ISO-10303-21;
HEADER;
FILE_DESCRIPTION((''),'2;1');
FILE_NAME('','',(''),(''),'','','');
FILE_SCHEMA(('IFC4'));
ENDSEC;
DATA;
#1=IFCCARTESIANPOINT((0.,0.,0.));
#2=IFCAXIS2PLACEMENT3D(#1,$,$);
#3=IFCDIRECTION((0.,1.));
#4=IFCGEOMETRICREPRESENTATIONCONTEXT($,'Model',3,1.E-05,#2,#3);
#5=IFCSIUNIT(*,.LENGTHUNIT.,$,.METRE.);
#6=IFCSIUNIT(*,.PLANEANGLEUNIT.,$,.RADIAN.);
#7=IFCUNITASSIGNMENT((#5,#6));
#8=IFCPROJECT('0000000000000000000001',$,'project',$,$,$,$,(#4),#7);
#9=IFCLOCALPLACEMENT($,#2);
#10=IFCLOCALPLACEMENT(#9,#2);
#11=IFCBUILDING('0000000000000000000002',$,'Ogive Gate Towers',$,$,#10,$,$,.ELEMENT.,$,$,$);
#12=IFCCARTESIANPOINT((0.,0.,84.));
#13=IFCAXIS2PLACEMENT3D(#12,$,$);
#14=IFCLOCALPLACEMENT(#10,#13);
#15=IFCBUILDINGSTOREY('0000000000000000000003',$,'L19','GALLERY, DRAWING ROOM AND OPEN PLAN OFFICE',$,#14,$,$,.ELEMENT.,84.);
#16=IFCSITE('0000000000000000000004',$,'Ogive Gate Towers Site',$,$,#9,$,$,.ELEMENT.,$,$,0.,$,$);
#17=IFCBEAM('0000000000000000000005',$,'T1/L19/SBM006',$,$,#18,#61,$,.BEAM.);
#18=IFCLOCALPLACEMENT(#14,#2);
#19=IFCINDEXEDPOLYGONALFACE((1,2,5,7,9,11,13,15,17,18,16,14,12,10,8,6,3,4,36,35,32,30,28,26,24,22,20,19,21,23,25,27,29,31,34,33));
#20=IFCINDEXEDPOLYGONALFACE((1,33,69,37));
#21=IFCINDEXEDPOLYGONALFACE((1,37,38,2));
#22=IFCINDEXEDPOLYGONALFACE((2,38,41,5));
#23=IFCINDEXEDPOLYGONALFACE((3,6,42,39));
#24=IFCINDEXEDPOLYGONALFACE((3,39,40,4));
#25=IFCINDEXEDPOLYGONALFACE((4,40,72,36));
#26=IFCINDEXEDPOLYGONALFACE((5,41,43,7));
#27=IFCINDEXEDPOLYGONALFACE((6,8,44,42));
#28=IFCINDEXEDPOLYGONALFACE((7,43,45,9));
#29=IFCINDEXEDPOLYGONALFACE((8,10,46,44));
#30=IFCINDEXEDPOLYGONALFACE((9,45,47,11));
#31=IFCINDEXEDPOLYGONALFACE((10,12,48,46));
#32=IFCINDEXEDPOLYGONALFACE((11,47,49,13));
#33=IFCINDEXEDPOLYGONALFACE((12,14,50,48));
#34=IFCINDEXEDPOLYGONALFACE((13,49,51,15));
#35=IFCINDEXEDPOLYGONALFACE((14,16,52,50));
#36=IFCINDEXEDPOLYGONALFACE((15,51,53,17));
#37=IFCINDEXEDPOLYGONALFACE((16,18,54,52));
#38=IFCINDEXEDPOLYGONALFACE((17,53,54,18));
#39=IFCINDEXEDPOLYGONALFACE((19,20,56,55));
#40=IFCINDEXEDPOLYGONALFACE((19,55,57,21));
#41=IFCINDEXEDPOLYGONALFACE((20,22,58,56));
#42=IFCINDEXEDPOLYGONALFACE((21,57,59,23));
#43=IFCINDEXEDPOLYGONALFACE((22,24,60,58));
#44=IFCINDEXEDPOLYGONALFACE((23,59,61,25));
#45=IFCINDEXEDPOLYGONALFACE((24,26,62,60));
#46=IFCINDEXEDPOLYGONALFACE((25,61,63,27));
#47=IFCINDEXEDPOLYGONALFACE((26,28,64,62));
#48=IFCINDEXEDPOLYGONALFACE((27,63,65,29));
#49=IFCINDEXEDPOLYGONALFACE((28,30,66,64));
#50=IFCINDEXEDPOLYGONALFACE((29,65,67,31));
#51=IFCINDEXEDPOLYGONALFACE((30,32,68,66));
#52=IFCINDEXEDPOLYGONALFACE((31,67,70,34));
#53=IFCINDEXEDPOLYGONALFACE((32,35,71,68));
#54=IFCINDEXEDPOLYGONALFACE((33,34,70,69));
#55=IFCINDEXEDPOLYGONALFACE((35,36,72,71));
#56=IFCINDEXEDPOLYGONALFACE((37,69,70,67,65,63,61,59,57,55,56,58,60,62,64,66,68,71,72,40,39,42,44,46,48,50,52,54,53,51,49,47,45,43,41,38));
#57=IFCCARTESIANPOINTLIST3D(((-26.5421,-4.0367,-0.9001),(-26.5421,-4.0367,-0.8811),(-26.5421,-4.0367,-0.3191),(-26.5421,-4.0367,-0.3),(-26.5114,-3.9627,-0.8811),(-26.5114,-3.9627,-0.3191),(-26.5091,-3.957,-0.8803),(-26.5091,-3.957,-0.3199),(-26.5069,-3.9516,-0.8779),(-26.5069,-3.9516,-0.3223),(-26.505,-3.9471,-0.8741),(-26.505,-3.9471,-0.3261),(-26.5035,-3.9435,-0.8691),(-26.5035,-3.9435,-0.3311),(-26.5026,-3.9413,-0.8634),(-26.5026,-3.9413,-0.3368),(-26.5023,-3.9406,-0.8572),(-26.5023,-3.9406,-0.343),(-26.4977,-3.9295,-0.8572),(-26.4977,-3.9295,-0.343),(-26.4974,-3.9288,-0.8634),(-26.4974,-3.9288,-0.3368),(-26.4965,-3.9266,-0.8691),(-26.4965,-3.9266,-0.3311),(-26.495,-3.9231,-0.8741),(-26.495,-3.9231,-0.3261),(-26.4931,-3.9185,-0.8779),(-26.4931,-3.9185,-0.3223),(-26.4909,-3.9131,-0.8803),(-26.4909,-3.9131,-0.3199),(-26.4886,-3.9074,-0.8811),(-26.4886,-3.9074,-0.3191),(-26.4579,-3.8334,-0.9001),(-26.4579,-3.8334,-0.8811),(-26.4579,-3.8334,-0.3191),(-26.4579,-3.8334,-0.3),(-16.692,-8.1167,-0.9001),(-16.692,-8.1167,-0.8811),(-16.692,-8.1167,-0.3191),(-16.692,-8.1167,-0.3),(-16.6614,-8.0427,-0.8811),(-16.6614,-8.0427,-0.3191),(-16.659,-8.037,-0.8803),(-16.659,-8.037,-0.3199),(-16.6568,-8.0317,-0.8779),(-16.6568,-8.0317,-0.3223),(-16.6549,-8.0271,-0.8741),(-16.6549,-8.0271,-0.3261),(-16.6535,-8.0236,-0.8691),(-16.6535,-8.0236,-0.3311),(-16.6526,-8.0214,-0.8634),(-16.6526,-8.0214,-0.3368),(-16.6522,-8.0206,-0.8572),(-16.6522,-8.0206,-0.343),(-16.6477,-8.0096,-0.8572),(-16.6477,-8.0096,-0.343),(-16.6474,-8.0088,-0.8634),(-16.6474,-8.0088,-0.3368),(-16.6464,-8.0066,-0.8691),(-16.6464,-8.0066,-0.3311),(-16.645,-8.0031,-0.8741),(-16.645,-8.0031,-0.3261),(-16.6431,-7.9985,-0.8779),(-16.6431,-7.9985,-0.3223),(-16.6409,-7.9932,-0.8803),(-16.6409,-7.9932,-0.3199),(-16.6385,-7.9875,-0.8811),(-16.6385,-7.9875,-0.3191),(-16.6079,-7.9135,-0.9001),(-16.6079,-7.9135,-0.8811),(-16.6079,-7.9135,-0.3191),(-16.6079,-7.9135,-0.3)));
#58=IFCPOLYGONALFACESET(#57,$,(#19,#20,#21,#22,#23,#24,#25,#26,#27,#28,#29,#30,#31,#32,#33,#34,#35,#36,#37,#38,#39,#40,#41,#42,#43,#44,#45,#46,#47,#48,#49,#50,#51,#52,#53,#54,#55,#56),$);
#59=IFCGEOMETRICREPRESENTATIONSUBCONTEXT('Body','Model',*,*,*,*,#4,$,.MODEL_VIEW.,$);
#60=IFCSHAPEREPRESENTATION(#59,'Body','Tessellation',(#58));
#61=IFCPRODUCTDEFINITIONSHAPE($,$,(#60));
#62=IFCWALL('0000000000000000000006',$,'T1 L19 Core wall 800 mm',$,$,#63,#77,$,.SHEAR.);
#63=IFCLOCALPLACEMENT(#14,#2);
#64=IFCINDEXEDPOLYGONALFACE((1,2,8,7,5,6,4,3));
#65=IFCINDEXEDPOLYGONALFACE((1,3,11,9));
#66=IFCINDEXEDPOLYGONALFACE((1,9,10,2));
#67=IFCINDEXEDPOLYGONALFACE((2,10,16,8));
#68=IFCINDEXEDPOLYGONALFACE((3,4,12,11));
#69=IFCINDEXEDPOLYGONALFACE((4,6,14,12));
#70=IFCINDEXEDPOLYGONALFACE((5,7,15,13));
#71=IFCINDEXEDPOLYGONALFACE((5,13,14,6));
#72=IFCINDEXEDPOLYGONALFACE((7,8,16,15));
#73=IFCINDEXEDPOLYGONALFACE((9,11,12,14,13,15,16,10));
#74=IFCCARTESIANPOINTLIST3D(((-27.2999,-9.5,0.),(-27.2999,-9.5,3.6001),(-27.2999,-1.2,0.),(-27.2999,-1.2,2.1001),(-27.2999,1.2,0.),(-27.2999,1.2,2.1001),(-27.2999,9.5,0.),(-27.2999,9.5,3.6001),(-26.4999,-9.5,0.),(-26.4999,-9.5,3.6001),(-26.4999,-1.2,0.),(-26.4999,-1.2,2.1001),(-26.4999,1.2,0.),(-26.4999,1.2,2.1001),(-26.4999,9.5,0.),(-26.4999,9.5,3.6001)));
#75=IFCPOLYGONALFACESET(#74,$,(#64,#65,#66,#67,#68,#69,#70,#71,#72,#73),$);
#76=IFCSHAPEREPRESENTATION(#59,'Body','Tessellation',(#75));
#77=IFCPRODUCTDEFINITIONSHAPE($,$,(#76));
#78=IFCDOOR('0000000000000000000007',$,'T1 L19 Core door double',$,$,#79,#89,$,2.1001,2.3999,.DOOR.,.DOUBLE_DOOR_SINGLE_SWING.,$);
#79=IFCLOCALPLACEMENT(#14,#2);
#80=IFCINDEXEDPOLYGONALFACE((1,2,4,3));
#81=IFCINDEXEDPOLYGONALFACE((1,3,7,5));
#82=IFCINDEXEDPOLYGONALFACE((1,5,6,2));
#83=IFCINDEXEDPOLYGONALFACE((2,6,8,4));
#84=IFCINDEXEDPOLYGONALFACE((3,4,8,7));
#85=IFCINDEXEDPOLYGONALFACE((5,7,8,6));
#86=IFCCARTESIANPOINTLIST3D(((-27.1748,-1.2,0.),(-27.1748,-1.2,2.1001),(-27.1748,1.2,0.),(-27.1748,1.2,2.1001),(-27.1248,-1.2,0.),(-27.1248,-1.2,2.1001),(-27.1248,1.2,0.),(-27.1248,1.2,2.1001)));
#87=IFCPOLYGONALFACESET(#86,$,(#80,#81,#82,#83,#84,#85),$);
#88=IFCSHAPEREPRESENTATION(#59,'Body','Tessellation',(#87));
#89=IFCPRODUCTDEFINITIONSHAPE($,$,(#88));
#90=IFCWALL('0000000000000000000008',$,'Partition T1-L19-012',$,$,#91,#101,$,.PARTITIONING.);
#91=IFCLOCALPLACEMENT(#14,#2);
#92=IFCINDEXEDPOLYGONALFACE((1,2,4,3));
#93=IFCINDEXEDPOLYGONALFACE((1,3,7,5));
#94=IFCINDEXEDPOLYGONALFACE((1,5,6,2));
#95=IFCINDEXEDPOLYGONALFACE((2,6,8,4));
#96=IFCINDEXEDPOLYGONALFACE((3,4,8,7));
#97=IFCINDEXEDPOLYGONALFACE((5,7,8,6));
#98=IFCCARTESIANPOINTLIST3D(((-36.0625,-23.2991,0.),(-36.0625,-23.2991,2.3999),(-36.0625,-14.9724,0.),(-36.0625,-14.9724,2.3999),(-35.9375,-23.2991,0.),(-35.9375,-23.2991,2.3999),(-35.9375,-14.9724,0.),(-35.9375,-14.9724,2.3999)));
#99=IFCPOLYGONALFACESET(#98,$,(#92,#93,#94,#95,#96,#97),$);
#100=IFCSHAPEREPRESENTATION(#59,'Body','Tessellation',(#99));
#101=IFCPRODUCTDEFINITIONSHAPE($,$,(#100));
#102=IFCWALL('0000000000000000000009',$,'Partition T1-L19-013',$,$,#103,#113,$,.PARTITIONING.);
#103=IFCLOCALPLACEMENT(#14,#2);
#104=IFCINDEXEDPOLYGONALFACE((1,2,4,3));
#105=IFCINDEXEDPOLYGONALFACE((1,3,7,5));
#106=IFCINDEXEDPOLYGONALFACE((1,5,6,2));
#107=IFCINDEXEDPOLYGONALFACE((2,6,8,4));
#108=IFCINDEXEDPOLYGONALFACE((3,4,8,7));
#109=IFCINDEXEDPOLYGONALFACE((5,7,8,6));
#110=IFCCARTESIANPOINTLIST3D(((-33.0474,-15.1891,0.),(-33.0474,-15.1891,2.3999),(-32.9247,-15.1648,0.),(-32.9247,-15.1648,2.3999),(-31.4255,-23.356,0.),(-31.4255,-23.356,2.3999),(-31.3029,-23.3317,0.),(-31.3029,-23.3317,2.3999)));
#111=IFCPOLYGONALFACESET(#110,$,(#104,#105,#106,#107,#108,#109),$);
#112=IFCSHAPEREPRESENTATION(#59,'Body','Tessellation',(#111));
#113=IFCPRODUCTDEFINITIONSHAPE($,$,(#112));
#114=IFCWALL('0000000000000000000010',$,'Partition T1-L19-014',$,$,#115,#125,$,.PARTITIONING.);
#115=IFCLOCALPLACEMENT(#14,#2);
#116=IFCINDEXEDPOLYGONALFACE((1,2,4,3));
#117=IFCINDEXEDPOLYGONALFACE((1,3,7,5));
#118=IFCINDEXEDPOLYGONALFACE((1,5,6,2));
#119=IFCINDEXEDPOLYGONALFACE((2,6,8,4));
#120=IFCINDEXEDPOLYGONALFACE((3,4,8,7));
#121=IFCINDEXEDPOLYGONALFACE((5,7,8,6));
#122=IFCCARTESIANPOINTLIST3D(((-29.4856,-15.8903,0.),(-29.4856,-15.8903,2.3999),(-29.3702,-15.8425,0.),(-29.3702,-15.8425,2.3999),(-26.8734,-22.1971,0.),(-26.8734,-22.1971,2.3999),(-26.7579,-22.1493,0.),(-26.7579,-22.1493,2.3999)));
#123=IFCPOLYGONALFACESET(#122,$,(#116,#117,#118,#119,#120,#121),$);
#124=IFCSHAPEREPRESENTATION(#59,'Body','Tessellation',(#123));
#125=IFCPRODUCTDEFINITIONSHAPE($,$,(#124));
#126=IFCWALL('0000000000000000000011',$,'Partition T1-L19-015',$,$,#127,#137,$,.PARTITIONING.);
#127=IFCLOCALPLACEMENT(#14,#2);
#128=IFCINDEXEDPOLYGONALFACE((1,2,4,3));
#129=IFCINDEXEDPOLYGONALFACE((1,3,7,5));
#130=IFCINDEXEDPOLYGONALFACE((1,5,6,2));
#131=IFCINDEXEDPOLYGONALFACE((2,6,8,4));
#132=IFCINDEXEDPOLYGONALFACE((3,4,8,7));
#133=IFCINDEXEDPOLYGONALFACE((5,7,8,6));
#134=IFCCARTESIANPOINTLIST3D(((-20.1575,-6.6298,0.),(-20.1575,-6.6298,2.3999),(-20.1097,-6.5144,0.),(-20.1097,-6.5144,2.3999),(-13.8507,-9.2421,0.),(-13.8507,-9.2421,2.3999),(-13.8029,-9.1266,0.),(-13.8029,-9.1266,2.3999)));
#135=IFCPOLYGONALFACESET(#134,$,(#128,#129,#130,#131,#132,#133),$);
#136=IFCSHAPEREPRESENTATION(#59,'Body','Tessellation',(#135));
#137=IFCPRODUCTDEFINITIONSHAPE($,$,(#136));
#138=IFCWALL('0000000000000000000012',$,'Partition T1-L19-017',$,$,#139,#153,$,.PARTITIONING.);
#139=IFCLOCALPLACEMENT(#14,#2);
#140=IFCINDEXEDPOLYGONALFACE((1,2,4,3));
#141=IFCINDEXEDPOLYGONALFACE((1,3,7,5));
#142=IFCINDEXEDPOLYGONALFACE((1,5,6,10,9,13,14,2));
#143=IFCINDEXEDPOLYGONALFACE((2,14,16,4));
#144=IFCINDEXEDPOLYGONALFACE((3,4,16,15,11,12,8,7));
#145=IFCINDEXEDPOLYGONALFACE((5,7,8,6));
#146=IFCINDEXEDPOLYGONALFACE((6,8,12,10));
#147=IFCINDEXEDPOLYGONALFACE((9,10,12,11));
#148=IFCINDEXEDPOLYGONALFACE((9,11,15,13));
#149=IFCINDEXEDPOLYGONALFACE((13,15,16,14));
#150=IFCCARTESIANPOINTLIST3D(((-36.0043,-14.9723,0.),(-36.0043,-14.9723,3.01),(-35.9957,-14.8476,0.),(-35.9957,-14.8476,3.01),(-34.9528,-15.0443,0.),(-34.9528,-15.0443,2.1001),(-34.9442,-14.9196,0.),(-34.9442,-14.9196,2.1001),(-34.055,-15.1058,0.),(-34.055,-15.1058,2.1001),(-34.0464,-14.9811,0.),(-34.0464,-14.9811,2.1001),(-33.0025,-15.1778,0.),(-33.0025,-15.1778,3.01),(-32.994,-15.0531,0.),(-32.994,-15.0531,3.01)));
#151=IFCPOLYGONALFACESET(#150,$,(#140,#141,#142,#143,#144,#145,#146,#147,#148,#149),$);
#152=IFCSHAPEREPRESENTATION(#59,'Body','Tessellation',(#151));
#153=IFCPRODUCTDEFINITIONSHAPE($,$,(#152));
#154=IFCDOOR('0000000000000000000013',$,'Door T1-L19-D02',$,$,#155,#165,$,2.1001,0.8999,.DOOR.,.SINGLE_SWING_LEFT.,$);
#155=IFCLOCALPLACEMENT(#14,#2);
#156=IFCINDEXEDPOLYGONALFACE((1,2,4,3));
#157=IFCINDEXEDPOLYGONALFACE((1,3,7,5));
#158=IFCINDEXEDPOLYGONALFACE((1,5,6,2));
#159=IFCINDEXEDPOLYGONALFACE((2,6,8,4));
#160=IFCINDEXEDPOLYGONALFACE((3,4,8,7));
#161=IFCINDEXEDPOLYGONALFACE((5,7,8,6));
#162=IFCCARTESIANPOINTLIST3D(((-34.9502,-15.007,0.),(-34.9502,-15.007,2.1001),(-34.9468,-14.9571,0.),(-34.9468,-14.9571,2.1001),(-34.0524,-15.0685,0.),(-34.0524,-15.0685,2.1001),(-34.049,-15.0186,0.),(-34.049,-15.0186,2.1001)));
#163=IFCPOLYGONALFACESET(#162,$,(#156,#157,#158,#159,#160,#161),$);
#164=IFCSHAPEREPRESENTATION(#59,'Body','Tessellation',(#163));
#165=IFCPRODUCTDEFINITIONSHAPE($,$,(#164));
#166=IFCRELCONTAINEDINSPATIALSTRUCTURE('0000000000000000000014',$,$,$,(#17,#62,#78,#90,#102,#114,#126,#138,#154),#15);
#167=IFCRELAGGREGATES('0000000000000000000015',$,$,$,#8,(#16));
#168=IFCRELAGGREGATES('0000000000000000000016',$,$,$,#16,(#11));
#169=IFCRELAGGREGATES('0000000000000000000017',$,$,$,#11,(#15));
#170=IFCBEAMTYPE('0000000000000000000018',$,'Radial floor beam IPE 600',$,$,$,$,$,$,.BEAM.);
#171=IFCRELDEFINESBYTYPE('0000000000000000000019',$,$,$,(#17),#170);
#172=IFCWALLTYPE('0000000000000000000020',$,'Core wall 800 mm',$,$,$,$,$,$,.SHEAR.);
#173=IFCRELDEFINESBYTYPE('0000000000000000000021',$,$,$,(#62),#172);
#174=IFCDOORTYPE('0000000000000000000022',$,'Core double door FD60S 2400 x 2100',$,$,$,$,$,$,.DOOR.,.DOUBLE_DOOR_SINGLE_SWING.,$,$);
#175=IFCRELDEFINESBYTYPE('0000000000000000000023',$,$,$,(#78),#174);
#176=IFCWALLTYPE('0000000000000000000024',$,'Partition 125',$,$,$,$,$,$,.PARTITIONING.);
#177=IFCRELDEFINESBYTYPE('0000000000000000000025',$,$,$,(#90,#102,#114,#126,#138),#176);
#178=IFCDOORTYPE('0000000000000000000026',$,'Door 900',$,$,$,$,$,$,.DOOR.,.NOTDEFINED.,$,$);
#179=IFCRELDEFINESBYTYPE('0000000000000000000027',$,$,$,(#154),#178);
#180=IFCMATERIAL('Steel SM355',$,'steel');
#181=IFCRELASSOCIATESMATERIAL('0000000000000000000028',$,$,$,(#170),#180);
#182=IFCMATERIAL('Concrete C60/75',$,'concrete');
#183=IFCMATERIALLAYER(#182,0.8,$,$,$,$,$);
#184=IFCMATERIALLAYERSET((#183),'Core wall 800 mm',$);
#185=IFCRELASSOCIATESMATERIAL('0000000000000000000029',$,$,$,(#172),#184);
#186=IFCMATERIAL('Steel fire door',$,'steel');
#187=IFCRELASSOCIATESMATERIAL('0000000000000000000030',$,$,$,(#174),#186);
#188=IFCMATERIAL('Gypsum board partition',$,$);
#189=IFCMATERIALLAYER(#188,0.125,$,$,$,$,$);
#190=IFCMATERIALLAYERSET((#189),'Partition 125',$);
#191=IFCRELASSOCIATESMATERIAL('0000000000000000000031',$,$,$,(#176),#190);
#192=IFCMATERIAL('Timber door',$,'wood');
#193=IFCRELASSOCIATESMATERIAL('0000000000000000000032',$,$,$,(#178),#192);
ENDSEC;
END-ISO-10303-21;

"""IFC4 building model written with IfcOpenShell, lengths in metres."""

from ifc_helpers import new_model, si_unit, direction, frame, frame_2d, origin, origin_2d, place, context, subcontext, project, spatial, rectangle, i_section, extrude, material, layer, layer_set, material_profile, profile_set, type_object, element, fill, save


model = new_model("IFC4")

# Units and contexts
model_context = context("Model", 3, precision=1e-05, world=origin(), true_north=direction((0.0, 1.0)))
body_context = subcontext(model_context, "Body", "Model", "MODEL_VIEW")
ifc_project = project(units=[si_unit("LENGTHUNIT", "METRE"), si_unit("PLANEANGLEUNIT", "RADIAN")], contexts=[model_context])

# Site, building, storey
site_placement = place(None, origin())
site = spatial("IfcSite", under=ifc_project, at=site_placement, Name="Ogive Gate Towers Site", CompositionType="ELEMENT", RefElevation=0.0)
building_placement = place(site_placement, origin())
building = spatial("IfcBuilding", under=site, at=building_placement, Name="Ogive Gate Towers", CompositionType="ELEMENT")
storey_placement = place(building_placement, frame((0.0, 0.0, 84.0)))
storey = spatial("IfcBuildingStorey", under=building, at=storey_placement, Name="L19", Description="GALLERY, DRAWING ROOM AND OPEN PLAN OFFICE", CompositionType="ELEMENT", Elevation=84.0)

# Beam
ifc_material_1 = material(Name="Steel SM355", Category="steel")
ifc_material_profile_1 = material_profile(ifc_material_1, i_section(OverallWidth=0.22, OverallDepth=0.6001, WebThickness=0.012, FlangeThickness=0.019, FilletRadius=0.0239, at=origin_2d()), Name="IPE 600")
ifc_profile_set_1 = profile_set([ifc_material_profile_1], Name="Steel SM355")
beam_type_1 = type_object("IfcBeamType", Name="Radial floor beam IPE 600", PredefinedType="BEAM", material=ifc_profile_set_1)
for number, where, z_axis, x_axis, name in (
    (1, (-26.5, -3.9351, -0.6001), (0.923878, -0.382686, 0.0), (0.382686, 0.923878, 0.0), "T1/L19/SBM006"),
):
    element("IfcBeam", number, at=place(storey_placement, frame(where, z_axis=z_axis, x_axis=x_axis)), inside=storey, type_object=beam_type_1, Name=name, PredefinedType="BEAM", context=body_context, shape_type="SweptSolid", body=[
        extrude(i_section(OverallWidth=0.22, OverallDepth=0.6001, WebThickness=0.012, FlangeThickness=0.019, FilletRadius=0.0239, at=origin_2d()), origin(), (0.0, 0.0, 1.0), 10.6616),
    ])

# Wall, opening, door
ifc_material_2 = material(Name="Concrete C60/75", Category="concrete")
ifc_layer_1 = layer(ifc_material_2, 0.8)
ifc_layer_set_1 = layer_set([ifc_layer_1], Name="Core wall 800 mm")
wall_type_1 = type_object("IfcWallType", Name="Core wall 800 mm", PredefinedType="SHEAR", material=ifc_layer_set_1)
wall_1_placement = place(storey_placement, frame((-26.8999, -9.5, 0.0), z_axis=(0.0, 0.0, 1.0), x_axis=(0.0, 1.0, 0.0)))
wall_1 = element("IfcWall", 2, at=wall_1_placement, inside=storey, type_object=wall_type_1, Name="T1 L19 Core wall 800 mm", PredefinedType="SHEAR", context=body_context, shape_type="SweptSolid", body=[
    extrude(rectangle(XDim=19.0, YDim=0.8, at=frame_2d((9.5, 0.0))), origin(), (0.0, 0.0, 1.0), 3.6001),
])
opening_1_placement = place(wall_1_placement, frame((8.3, 0.0, 0.0)))
opening_1 = element("IfcOpeningElement", 3, at=opening_1_placement, cuts=wall_1, PredefinedType="OPENING", context=body_context, shape_type="SweptSolid", body=[
    extrude(rectangle(XDim=2.3999, YDim=2.1001, at=frame_2d((1.2, 1.05))), frame((0.0, 0.4102, 0.0), z_axis=(0.0, -1.0, 0.0), x_axis=(1.0, 0.0, 0.0)), (0.0, 0.0, 1.0), 0.8201),
])
ifc_material_3 = material(Name="Steel fire door", Category="steel")
door_type_1 = type_object("IfcDoorType", Name="Core double door FD60S 2400 x 2100", OperationType="DOUBLE_DOOR_SINGLE_SWING", PredefinedType="DOOR", material=ifc_material_3)
door_1_placement = place(opening_1_placement, origin())
door_1 = element("IfcDoor", 4, at=door_1_placement, inside=storey, type_object=door_type_1, Name="T1 L19 Core door double", OperationType="DOUBLE_DOOR_SINGLE_SWING", OverallHeight=2.1001, OverallWidth=2.3999, PredefinedType="DOOR", context=body_context, shape_type="SweptSolid", body=[
    extrude(rectangle(XDim=2.3999, YDim=2.1001, at=frame_2d((1.2, 1.05))), frame((0.0, 0.2749, 0.0), z_axis=(0.0, -1.0, 0.0), x_axis=(1.0, 0.0, 0.0)), (0.0, 0.0, 1.0), 0.05),
])
fill(opening_1, door_1)

# Walls
ifc_material_4 = material(Name="Gypsum board partition")
ifc_layer_2 = layer(ifc_material_4, 0.125)
ifc_layer_set_2 = layer_set([ifc_layer_2], Name="Partition 125")
wall_type_2 = type_object("IfcWallType", Name="Partition 125", PredefinedType="PARTITIONING", material=ifc_layer_set_2)
wall_2_placement = place(storey_placement, frame((-36.0, -23.2991, 0.0), z_axis=(0.0, 0.0, 1.0), x_axis=(0.0, 1.0, 0.0)))
element("IfcWall", 5, at=wall_2_placement, inside=storey, type_object=wall_type_2, Name="Partition T1-L19-012", PredefinedType="PARTITIONING", context=body_context, shape_type="SweptSolid", body=[
    extrude(rectangle(XDim=8.3267, YDim=0.125, at=frame_2d((4.1633, 0.0))), origin(), (0.0, 0.0, 1.0), 2.3999),
])
wall_3_placement = place(storey_placement, frame((-31.3643, -23.3438, 0.0), z_axis=(0.0, 0.0, 1.0), x_axis=(-0.19478, 0.980847, 0.0)))
element("IfcWall", 6, at=wall_3_placement, inside=storey, type_object=wall_type_2, Name="Partition T1-L19-013", PredefinedType="PARTITIONING", context=body_context, shape_type="SweptSolid", body=[
    extrude(rectangle(XDim=8.3264, YDim=0.125, at=frame_2d((4.1631, 0.0))), origin(), (0.0, 0.0, 1.0), 2.3999),
])
for number, where, z_axis, x_axis, name in (
    (7, (-26.8157, -22.1731, 0.0), (0.0, 0.0, 1.0), (-0.382672, 0.923884, 0.0), "Partition T1-L19-014"),
    (8, (-13.8269, -9.1843, 0.0), (0.0, 0.0, 1.0), (-0.923884, 0.382672, 0.0), "Partition T1-L19-015"),
):
    element("IfcWall", number, at=place(storey_placement, frame(where, z_axis=z_axis, x_axis=x_axis)), inside=storey, type_object=wall_type_2, Name=name, PredefinedType="PARTITIONING", context=body_context, shape_type="SweptSolid", body=[
        extrude(rectangle(XDim=6.8264, YDim=0.125, at=frame_2d((3.4131, 0.0))), origin(), (0.0, 0.0, 1.0), 2.3999),
    ])

# Wall, opening, door
wall_4_placement = place(storey_placement, frame((-36.0, -14.9099, 0.0), z_axis=(0.0, 0.0, 1.0), x_axis=(0.997663, -0.068323, 0.0)))
wall_4 = element("IfcWall", 9, at=wall_4_placement, inside=storey, type_object=wall_type_2, Name="Partition T1-L19-017", PredefinedType="PARTITIONING", context=body_context, shape_type="SweptSolid", body=[
    extrude(rectangle(XDim=3.0088, YDim=0.125, at=frame_2d((1.5044, 0.0))), origin(), (0.0, 0.0, 1.0), 3.01),
])
opening_2_placement = place(wall_4_placement, frame((1.054, 0.0, 0.0)))
opening_2 = element("IfcOpeningElement", 10, at=opening_2_placement, cuts=wall_4, PredefinedType="OPENING", context=body_context, shape_type="SweptSolid", body=[
    extrude(rectangle(XDim=0.8999, YDim=2.1001, at=frame_2d((0.45, 1.05))), frame((0.0, 0.0725, 0.0), z_axis=(0.0, -1.0, 0.0), x_axis=(1.0, 0.0, 0.0)), (0.0, 0.0, 1.0), 0.145),
])
ifc_material_5 = material(Name="Timber door", Category="wood")
door_type_2 = type_object("IfcDoorType", Name="Door 900", OperationType="NOTDEFINED", PredefinedType="DOOR", material=ifc_material_5)
door_2_placement = place(opening_2_placement, origin())
door_2 = element("IfcDoor", 11, at=door_2_placement, inside=storey, type_object=door_type_2, Name="Door T1-L19-D02", OperationType="SINGLE_SWING_LEFT", OverallHeight=2.1001, OverallWidth=0.8999, PredefinedType="DOOR", context=body_context, shape_type="SweptSolid", body=[
    extrude(rectangle(XDim=0.8999, YDim=2.1001, at=frame_2d((0.45, 1.05))), frame((0.0, 0.0249, 0.0), z_axis=(0.0, -1.0, 0.0), x_axis=(1.0, 0.0, 0.0)), (0.0, 0.0, 1.0), 0.05),
])
fill(opening_2, door_2)

save(model, "model.ifc")
